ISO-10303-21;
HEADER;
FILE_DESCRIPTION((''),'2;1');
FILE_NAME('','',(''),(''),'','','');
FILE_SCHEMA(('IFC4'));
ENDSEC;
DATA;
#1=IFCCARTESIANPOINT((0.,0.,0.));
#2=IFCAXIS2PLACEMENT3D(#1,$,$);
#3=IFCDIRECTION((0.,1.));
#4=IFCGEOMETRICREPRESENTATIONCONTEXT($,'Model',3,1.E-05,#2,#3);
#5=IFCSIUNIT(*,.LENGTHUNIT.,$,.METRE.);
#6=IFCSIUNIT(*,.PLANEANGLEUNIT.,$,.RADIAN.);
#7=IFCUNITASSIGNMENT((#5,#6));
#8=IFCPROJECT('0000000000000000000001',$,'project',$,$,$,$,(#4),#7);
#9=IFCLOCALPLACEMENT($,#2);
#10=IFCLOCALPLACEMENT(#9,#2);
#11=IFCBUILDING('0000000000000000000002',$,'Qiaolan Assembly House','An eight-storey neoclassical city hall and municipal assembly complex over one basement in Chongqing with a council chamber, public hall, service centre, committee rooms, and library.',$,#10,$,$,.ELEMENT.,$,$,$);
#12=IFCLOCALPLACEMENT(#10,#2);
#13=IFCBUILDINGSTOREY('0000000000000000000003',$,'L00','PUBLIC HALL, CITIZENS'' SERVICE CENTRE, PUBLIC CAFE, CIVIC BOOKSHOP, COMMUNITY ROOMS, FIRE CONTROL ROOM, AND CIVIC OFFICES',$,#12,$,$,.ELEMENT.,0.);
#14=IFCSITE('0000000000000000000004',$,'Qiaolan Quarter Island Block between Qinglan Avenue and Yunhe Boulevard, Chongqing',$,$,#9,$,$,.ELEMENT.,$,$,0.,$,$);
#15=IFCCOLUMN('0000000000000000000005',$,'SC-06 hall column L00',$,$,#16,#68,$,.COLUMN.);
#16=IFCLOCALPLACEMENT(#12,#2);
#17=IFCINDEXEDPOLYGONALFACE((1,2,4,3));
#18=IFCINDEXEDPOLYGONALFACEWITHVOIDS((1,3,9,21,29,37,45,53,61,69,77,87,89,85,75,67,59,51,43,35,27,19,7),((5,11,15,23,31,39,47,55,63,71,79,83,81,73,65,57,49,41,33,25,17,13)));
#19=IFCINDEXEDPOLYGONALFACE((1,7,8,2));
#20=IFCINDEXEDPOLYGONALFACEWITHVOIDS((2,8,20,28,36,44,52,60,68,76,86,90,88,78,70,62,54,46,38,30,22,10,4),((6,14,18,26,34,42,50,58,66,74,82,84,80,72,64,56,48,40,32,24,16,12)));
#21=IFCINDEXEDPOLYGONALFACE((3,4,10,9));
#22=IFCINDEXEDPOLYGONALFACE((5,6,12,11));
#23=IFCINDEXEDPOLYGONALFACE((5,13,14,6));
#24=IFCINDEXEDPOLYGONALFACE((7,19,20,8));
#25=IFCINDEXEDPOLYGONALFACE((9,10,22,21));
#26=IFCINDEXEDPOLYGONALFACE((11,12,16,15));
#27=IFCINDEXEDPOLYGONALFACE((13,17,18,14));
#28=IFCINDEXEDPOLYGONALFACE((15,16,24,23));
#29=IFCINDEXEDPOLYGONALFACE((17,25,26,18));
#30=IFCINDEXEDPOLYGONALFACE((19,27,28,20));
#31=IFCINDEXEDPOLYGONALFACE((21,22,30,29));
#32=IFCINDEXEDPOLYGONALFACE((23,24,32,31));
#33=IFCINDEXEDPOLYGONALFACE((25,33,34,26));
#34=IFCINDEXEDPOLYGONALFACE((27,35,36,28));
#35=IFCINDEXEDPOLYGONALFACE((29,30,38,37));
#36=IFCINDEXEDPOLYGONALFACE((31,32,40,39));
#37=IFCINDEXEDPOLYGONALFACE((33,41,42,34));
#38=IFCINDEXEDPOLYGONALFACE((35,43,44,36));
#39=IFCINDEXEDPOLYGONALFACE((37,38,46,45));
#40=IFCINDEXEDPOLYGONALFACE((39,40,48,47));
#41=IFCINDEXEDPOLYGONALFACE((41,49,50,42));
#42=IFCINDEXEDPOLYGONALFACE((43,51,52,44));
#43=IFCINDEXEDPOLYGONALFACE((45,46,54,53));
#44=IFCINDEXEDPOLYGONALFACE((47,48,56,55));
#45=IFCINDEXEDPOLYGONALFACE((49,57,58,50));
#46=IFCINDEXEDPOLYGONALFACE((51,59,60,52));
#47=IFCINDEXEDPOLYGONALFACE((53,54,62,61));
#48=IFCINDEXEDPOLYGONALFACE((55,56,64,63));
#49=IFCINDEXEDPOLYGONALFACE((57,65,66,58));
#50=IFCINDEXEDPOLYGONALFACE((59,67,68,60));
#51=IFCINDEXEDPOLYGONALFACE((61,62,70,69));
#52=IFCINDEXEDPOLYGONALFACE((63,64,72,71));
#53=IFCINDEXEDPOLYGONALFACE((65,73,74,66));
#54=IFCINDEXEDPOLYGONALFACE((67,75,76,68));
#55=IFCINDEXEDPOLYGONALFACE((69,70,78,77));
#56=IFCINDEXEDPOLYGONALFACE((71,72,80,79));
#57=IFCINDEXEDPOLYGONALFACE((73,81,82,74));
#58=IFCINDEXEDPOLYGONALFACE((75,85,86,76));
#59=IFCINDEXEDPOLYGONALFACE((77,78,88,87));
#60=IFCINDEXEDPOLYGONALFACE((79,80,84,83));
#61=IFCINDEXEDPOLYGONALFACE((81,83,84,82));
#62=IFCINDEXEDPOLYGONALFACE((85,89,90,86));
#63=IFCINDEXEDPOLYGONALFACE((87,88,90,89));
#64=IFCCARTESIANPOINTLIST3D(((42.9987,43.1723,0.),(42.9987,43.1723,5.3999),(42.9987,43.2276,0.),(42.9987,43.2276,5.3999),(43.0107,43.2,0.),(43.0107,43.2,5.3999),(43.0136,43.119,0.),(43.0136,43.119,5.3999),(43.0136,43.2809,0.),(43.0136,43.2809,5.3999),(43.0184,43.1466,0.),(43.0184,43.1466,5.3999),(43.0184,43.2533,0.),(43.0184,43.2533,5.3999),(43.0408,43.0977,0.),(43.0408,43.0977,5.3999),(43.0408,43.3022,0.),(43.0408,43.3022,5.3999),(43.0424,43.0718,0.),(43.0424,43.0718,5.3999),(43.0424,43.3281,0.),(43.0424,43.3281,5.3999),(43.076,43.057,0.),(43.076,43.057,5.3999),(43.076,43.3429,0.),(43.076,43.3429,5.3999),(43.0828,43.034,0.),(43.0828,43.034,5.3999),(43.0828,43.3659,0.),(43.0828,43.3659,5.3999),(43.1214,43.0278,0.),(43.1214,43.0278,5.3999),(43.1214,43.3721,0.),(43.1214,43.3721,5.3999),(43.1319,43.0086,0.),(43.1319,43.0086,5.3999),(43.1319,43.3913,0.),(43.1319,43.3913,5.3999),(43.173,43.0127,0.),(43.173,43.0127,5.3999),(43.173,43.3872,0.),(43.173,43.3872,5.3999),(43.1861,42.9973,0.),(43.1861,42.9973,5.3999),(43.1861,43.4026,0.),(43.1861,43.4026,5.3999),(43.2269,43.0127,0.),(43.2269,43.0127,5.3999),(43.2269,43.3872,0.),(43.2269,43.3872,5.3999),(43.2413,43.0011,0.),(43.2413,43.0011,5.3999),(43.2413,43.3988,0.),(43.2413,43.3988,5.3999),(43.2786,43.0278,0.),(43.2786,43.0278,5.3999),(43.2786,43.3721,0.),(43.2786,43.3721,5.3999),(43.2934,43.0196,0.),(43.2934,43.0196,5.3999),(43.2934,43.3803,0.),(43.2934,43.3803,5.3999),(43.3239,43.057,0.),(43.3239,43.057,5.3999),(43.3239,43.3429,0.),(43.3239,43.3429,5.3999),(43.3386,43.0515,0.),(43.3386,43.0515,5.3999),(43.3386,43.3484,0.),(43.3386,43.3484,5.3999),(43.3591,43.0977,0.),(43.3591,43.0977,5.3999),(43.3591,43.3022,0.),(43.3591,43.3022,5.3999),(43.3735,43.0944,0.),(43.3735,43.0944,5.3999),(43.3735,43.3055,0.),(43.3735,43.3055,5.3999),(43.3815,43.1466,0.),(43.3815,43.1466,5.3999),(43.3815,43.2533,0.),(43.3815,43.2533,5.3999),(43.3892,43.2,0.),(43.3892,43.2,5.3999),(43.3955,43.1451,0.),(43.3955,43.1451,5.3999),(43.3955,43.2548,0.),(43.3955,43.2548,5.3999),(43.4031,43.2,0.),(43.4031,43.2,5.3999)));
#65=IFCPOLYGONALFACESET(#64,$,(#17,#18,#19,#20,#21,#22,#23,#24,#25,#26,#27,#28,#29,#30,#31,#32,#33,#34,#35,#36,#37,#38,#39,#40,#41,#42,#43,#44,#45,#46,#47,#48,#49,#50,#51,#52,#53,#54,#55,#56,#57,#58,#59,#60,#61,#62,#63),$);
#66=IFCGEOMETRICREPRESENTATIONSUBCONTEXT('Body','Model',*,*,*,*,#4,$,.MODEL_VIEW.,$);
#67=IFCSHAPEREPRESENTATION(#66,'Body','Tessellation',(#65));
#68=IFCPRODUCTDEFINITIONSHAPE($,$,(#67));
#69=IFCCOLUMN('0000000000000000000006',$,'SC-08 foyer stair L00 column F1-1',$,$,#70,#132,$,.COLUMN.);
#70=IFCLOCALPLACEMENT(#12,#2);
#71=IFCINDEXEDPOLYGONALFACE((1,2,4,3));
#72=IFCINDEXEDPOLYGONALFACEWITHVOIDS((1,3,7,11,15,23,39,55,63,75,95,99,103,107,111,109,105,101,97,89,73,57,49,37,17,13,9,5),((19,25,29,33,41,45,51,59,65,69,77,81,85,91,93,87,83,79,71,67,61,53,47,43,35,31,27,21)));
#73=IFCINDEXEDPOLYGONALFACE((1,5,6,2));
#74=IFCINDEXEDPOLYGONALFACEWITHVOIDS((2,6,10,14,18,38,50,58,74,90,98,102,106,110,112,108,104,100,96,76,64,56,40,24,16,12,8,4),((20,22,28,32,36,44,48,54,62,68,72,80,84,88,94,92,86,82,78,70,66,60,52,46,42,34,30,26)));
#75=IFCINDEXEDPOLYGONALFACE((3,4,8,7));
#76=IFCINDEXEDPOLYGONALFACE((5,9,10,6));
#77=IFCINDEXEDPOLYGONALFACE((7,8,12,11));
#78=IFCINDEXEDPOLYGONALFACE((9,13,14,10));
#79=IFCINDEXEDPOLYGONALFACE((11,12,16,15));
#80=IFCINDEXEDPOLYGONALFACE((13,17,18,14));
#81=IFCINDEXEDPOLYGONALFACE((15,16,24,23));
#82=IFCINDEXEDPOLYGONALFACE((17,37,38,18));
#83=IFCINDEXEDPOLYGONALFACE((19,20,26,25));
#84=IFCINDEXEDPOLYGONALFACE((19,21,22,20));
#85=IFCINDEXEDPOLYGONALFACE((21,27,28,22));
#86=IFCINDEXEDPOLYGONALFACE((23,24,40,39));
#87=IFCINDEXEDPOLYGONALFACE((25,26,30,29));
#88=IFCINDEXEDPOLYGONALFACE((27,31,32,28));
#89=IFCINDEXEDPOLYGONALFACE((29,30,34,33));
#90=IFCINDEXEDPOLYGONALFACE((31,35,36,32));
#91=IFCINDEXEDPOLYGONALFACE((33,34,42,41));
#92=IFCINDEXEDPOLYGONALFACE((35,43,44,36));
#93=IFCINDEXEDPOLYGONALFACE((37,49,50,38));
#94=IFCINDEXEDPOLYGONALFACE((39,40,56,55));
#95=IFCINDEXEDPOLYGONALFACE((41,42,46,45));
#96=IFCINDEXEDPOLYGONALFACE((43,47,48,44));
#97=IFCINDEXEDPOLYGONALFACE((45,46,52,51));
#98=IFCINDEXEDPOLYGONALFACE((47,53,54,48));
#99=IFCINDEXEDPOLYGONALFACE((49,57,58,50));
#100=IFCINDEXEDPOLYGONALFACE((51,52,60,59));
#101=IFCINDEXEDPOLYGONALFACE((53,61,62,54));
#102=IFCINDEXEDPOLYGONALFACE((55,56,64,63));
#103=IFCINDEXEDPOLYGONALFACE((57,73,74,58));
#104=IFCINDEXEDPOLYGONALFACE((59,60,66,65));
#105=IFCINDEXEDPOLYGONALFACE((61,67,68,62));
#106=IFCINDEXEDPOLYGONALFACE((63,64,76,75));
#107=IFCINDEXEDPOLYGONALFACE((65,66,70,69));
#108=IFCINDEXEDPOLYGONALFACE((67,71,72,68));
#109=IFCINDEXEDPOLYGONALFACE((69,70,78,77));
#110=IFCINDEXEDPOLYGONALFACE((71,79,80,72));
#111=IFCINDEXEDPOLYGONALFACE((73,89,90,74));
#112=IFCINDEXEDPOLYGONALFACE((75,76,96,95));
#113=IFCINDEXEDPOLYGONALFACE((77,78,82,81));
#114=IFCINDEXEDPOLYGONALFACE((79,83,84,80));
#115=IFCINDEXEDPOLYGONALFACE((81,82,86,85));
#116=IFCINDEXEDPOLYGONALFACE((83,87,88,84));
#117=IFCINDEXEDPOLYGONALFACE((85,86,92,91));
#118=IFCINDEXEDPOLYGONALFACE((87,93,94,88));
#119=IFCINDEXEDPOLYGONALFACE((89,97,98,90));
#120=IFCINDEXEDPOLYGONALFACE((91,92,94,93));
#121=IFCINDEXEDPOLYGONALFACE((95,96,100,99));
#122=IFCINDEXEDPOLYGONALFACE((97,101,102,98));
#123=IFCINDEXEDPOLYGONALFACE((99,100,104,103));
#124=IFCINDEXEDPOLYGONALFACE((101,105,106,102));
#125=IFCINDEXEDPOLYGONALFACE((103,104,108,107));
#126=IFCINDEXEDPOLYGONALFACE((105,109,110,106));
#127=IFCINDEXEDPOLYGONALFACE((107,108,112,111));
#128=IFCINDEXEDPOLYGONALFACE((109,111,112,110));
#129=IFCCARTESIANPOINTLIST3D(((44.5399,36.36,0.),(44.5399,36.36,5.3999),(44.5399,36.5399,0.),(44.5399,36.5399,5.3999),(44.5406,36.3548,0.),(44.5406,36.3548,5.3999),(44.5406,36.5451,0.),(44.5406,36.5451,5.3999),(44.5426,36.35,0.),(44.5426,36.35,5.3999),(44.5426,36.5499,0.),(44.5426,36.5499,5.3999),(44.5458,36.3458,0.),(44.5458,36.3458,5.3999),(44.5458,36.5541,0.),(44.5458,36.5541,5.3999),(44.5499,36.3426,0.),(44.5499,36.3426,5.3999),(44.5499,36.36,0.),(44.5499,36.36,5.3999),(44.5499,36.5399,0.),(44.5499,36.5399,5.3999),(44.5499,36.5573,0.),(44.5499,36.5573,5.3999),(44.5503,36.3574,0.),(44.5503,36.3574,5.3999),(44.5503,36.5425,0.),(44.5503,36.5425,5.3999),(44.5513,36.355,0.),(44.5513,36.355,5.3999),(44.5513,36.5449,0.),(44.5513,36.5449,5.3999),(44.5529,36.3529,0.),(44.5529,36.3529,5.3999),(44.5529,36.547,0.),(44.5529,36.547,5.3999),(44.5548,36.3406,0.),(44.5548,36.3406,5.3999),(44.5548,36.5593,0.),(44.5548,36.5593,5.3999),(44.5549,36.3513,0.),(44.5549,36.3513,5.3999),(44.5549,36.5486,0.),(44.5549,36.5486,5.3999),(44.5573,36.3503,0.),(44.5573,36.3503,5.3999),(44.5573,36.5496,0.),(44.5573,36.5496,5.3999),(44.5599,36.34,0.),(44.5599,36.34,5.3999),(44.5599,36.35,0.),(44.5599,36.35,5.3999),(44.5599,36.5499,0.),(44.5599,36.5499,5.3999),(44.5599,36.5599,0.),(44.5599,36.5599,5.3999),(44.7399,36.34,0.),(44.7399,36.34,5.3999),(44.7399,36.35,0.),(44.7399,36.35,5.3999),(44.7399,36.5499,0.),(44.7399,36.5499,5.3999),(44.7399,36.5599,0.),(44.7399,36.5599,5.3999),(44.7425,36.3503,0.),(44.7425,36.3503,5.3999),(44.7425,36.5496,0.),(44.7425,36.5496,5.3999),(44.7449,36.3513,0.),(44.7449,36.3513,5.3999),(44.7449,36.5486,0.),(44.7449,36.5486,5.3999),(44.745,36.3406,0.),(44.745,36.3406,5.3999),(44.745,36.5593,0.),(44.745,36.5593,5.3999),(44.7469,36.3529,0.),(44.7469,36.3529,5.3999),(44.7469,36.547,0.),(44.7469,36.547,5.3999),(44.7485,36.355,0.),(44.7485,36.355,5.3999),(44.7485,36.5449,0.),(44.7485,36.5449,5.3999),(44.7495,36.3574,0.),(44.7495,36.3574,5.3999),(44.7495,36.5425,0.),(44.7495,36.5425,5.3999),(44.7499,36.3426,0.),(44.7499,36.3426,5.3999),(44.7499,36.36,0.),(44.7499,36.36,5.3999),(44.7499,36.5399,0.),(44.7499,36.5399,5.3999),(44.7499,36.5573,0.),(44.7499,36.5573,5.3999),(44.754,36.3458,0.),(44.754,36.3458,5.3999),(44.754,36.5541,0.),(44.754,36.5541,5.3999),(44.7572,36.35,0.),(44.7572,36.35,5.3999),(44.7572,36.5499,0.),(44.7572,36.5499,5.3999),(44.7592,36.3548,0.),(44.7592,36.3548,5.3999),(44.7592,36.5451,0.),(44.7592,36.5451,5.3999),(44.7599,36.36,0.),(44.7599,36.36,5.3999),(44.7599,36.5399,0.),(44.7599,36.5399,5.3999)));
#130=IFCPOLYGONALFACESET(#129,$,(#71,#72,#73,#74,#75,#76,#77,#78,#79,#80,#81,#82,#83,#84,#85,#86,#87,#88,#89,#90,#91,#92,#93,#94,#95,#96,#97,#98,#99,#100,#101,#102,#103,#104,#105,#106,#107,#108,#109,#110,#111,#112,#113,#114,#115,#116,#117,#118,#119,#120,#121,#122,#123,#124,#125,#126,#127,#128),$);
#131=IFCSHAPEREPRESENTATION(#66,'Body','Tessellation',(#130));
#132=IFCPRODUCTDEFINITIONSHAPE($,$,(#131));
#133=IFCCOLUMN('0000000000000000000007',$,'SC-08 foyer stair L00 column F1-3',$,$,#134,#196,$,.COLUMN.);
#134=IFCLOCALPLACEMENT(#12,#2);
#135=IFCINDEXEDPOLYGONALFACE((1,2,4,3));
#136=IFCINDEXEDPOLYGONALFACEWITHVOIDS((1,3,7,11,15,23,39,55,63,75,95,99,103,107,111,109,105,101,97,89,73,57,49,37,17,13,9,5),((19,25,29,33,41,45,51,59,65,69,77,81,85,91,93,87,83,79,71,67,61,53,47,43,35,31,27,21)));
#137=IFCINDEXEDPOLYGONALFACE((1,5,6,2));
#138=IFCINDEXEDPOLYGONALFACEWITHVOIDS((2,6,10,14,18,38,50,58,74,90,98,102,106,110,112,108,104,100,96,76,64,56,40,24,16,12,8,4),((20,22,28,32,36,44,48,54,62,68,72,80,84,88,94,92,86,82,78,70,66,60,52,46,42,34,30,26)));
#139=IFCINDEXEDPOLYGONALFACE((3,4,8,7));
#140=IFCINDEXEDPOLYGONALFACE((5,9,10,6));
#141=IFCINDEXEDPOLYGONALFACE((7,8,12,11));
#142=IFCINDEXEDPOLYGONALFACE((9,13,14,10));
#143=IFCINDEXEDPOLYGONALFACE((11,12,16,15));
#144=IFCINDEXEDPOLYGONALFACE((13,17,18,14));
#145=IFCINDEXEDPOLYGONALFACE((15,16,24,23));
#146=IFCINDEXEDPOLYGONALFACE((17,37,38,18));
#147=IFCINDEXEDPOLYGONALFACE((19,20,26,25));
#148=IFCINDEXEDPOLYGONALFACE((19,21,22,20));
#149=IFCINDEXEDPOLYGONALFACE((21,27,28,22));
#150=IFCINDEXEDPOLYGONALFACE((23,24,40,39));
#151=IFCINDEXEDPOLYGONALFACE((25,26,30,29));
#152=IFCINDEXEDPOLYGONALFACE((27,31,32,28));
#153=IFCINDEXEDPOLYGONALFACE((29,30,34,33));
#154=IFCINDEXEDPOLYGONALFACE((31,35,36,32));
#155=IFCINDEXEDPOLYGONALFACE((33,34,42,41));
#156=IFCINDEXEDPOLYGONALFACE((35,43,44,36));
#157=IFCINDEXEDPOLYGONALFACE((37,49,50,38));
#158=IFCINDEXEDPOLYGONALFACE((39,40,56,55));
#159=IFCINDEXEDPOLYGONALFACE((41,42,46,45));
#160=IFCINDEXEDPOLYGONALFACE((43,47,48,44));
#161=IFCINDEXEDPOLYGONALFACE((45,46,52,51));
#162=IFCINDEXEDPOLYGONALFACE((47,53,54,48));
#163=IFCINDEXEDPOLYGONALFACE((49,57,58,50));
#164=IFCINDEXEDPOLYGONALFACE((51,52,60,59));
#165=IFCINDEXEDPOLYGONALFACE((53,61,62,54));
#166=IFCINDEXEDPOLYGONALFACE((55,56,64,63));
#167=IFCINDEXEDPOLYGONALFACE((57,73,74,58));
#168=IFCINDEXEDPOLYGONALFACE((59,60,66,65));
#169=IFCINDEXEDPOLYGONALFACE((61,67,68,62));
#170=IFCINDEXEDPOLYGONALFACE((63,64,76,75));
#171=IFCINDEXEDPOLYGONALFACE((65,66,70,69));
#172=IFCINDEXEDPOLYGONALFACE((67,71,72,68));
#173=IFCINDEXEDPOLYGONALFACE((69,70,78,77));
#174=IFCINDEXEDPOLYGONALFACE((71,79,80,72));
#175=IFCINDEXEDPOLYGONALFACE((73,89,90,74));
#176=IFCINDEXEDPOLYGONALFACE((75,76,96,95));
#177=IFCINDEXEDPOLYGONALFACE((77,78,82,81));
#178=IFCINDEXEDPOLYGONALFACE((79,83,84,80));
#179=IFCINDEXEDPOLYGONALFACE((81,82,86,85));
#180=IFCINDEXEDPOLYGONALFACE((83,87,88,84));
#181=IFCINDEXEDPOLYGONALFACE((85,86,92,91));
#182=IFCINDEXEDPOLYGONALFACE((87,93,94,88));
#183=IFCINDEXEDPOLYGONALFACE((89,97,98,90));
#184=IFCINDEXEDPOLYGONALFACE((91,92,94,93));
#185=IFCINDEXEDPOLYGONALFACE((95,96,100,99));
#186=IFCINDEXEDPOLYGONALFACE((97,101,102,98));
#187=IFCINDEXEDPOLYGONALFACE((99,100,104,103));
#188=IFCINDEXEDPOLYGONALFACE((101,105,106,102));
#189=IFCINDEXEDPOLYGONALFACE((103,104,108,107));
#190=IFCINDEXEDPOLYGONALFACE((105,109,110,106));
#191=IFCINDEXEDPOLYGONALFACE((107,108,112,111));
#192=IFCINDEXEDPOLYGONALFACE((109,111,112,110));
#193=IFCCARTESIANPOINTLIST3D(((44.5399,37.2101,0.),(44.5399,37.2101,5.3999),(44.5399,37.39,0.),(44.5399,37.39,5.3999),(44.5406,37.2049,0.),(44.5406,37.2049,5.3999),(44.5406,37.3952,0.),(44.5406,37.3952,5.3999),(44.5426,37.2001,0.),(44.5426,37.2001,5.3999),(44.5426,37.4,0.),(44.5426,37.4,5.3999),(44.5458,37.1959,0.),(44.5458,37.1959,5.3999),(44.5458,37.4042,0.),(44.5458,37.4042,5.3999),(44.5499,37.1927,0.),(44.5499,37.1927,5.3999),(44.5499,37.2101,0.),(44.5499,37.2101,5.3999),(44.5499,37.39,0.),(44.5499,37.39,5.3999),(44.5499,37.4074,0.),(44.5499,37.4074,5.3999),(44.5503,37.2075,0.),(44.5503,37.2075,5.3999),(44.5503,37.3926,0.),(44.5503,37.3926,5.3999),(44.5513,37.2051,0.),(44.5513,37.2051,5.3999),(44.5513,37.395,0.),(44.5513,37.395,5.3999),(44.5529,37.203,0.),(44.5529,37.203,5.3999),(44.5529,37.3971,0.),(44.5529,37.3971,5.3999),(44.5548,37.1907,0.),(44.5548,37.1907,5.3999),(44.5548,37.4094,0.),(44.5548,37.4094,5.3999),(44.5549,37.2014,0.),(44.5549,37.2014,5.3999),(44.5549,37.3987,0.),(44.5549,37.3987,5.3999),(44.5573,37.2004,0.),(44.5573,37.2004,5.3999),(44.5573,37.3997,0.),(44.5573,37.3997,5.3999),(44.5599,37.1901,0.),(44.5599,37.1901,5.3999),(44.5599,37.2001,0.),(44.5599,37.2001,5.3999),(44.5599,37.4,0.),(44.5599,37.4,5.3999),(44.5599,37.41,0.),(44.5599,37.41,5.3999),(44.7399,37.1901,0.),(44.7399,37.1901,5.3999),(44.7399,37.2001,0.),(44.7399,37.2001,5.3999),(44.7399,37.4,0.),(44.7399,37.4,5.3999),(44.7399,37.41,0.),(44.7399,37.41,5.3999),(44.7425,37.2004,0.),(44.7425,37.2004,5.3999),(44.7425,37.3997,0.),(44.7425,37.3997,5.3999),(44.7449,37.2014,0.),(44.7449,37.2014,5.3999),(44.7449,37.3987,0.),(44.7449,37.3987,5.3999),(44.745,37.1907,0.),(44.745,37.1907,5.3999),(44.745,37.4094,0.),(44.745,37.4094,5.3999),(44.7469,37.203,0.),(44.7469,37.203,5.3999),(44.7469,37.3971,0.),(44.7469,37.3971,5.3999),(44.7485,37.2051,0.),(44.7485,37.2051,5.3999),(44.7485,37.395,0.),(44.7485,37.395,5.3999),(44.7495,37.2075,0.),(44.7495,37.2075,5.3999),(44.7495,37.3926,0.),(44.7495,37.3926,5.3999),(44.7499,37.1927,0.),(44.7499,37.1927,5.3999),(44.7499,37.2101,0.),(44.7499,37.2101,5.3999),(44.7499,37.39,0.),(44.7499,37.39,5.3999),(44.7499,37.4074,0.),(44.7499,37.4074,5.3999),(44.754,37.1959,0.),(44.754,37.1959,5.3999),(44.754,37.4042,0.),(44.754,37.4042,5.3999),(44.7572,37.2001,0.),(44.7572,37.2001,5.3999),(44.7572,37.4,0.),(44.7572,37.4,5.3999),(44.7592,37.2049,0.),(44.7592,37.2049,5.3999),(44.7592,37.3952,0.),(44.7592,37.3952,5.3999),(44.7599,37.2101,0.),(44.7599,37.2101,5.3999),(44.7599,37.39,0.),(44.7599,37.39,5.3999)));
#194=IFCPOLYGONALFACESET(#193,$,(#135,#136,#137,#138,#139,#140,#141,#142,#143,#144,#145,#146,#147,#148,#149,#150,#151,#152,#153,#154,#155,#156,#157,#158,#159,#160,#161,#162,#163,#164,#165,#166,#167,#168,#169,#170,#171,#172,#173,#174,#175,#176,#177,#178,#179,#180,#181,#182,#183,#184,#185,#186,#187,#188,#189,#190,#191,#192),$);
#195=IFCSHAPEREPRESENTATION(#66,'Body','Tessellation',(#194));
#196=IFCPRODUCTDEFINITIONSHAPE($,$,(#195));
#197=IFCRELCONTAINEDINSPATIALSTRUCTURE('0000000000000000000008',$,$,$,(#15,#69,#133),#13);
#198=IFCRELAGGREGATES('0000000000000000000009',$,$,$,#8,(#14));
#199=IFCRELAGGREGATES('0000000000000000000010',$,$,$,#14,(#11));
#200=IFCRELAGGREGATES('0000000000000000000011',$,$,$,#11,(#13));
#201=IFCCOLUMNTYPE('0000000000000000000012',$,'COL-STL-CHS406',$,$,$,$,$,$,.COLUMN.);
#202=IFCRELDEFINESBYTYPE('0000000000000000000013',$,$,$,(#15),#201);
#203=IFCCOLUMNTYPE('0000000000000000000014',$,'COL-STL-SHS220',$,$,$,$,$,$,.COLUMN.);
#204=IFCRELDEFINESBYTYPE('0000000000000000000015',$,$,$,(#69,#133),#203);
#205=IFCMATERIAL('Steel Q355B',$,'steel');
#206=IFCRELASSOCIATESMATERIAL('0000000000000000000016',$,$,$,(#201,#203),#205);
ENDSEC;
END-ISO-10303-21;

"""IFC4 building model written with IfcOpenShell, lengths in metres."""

from ifc_helpers import new_model, si_unit, direction, frame, origin, origin_2d, place, context, subcontext, project, spatial, hollow_rectangle, hollow_circle, extrude, material, material_profile, profile_set, type_object, element, save


model = new_model("IFC4")

# Units and contexts
model_context = context("Model", 3, precision=1e-05, world=origin(), true_north=direction((0.0, 1.0)))
body_context = subcontext(model_context, "Body", "Model", "MODEL_VIEW")
ifc_project = project(units=[si_unit("LENGTHUNIT", "METRE"), si_unit("PLANEANGLEUNIT", "RADIAN")], contexts=[model_context])

# Site, building, storey
site_placement = place(None, origin())
site = spatial("IfcSite", under=ifc_project, at=site_placement, Name="Qiaolan Quarter Island Block between Qinglan Avenue and Yunhe Boulevard, Chongqing", CompositionType="ELEMENT", RefElevation=0.0)
building_placement = place(site_placement, origin())
building = spatial("IfcBuilding", under=site, at=building_placement, Name="Qiaolan Assembly House", Description="An eight-storey neoclassical city hall and municipal assembly complex over one basement in Chongqing with a council chamber, public hall, service centre, committee rooms, and library.", CompositionType="ELEMENT")
storey_placement = place(building_placement, origin())
storey = spatial("IfcBuildingStorey", under=building, at=storey_placement, Name="L00", Description="PUBLIC HALL, CITIZENS' SERVICE CENTRE, PUBLIC CAFE, CIVIC BOOKSHOP, COMMUNITY ROOMS, FIRE CONTROL ROOM, AND CIVIC OFFICES", CompositionType="ELEMENT", Elevation=0.0)

# Columns
ifc_material_1 = material(Name="Steel Q355B", Category="steel")
ifc_material_profile_1 = material_profile(ifc_material_1, hollow_circle(Radius=0.2031, WallThickness=0.0139, at=origin_2d()), Name="CHS 406.4x14")
ifc_profile_set_1 = profile_set([ifc_material_profile_1], Name="Steel Q355B")
column_type_1 = type_object("IfcColumnType", Name="COL-STL-CHS406", PredefinedType="COLUMN", material=ifc_profile_set_1)
column_placement = place(storey_placement, frame((43.2, 43.2, 0.0), z_axis=(0.0, 0.0, 1.0), x_axis=(1.0, 0.0, 0.0)))
element("IfcColumn", 1, at=column_placement, inside=storey, type_object=column_type_1, Name="SC-06 hall column L00", PredefinedType="COLUMN", context=body_context, shape_type="SweptSolid", body=[
    extrude(hollow_circle(Radius=0.2031, WallThickness=0.0139, at=origin_2d()), origin(), (0.0, 0.0, 1.0), 5.3999),
])
ifc_material_profile_2 = material_profile(ifc_material_1, hollow_rectangle(XDim=0.22, YDim=0.22, WallThickness=0.01, InnerFilletRadius=0.01, OuterFilletRadius=0.02, at=origin_2d()), Name="SHS 220x220x10")
ifc_profile_set_2 = profile_set([ifc_material_profile_2], Name="Steel Q355B")
column_type_2 = type_object("IfcColumnType", Name="COL-STL-SHS220", PredefinedType="COLUMN", material=ifc_profile_set_2)
for number, where, z_axis, x_axis, name in (
    (2, (44.6499, 36.45, 0.0), (0.0, 0.0, 1.0), (1.0, 0.0, 0.0), "SC-08 foyer stair L00 column F1-1"),
    (3, (44.6499, 37.3, 0.0), (0.0, 0.0, 1.0), (1.0, 0.0, 0.0), "SC-08 foyer stair L00 column F1-3"),
):
    element("IfcColumn", number, at=place(storey_placement, frame(where, z_axis=z_axis, x_axis=x_axis)), inside=storey, type_object=column_type_2, Name=name, PredefinedType="COLUMN", context=body_context, shape_type="SweptSolid", body=[
        extrude(hollow_rectangle(XDim=0.22, YDim=0.22, WallThickness=0.01, InnerFilletRadius=0.01, OuterFilletRadius=0.02, at=origin_2d()), origin(), (0.0, 0.0, 1.0), 5.3999),
    ])

save(model, "model.ifc")
